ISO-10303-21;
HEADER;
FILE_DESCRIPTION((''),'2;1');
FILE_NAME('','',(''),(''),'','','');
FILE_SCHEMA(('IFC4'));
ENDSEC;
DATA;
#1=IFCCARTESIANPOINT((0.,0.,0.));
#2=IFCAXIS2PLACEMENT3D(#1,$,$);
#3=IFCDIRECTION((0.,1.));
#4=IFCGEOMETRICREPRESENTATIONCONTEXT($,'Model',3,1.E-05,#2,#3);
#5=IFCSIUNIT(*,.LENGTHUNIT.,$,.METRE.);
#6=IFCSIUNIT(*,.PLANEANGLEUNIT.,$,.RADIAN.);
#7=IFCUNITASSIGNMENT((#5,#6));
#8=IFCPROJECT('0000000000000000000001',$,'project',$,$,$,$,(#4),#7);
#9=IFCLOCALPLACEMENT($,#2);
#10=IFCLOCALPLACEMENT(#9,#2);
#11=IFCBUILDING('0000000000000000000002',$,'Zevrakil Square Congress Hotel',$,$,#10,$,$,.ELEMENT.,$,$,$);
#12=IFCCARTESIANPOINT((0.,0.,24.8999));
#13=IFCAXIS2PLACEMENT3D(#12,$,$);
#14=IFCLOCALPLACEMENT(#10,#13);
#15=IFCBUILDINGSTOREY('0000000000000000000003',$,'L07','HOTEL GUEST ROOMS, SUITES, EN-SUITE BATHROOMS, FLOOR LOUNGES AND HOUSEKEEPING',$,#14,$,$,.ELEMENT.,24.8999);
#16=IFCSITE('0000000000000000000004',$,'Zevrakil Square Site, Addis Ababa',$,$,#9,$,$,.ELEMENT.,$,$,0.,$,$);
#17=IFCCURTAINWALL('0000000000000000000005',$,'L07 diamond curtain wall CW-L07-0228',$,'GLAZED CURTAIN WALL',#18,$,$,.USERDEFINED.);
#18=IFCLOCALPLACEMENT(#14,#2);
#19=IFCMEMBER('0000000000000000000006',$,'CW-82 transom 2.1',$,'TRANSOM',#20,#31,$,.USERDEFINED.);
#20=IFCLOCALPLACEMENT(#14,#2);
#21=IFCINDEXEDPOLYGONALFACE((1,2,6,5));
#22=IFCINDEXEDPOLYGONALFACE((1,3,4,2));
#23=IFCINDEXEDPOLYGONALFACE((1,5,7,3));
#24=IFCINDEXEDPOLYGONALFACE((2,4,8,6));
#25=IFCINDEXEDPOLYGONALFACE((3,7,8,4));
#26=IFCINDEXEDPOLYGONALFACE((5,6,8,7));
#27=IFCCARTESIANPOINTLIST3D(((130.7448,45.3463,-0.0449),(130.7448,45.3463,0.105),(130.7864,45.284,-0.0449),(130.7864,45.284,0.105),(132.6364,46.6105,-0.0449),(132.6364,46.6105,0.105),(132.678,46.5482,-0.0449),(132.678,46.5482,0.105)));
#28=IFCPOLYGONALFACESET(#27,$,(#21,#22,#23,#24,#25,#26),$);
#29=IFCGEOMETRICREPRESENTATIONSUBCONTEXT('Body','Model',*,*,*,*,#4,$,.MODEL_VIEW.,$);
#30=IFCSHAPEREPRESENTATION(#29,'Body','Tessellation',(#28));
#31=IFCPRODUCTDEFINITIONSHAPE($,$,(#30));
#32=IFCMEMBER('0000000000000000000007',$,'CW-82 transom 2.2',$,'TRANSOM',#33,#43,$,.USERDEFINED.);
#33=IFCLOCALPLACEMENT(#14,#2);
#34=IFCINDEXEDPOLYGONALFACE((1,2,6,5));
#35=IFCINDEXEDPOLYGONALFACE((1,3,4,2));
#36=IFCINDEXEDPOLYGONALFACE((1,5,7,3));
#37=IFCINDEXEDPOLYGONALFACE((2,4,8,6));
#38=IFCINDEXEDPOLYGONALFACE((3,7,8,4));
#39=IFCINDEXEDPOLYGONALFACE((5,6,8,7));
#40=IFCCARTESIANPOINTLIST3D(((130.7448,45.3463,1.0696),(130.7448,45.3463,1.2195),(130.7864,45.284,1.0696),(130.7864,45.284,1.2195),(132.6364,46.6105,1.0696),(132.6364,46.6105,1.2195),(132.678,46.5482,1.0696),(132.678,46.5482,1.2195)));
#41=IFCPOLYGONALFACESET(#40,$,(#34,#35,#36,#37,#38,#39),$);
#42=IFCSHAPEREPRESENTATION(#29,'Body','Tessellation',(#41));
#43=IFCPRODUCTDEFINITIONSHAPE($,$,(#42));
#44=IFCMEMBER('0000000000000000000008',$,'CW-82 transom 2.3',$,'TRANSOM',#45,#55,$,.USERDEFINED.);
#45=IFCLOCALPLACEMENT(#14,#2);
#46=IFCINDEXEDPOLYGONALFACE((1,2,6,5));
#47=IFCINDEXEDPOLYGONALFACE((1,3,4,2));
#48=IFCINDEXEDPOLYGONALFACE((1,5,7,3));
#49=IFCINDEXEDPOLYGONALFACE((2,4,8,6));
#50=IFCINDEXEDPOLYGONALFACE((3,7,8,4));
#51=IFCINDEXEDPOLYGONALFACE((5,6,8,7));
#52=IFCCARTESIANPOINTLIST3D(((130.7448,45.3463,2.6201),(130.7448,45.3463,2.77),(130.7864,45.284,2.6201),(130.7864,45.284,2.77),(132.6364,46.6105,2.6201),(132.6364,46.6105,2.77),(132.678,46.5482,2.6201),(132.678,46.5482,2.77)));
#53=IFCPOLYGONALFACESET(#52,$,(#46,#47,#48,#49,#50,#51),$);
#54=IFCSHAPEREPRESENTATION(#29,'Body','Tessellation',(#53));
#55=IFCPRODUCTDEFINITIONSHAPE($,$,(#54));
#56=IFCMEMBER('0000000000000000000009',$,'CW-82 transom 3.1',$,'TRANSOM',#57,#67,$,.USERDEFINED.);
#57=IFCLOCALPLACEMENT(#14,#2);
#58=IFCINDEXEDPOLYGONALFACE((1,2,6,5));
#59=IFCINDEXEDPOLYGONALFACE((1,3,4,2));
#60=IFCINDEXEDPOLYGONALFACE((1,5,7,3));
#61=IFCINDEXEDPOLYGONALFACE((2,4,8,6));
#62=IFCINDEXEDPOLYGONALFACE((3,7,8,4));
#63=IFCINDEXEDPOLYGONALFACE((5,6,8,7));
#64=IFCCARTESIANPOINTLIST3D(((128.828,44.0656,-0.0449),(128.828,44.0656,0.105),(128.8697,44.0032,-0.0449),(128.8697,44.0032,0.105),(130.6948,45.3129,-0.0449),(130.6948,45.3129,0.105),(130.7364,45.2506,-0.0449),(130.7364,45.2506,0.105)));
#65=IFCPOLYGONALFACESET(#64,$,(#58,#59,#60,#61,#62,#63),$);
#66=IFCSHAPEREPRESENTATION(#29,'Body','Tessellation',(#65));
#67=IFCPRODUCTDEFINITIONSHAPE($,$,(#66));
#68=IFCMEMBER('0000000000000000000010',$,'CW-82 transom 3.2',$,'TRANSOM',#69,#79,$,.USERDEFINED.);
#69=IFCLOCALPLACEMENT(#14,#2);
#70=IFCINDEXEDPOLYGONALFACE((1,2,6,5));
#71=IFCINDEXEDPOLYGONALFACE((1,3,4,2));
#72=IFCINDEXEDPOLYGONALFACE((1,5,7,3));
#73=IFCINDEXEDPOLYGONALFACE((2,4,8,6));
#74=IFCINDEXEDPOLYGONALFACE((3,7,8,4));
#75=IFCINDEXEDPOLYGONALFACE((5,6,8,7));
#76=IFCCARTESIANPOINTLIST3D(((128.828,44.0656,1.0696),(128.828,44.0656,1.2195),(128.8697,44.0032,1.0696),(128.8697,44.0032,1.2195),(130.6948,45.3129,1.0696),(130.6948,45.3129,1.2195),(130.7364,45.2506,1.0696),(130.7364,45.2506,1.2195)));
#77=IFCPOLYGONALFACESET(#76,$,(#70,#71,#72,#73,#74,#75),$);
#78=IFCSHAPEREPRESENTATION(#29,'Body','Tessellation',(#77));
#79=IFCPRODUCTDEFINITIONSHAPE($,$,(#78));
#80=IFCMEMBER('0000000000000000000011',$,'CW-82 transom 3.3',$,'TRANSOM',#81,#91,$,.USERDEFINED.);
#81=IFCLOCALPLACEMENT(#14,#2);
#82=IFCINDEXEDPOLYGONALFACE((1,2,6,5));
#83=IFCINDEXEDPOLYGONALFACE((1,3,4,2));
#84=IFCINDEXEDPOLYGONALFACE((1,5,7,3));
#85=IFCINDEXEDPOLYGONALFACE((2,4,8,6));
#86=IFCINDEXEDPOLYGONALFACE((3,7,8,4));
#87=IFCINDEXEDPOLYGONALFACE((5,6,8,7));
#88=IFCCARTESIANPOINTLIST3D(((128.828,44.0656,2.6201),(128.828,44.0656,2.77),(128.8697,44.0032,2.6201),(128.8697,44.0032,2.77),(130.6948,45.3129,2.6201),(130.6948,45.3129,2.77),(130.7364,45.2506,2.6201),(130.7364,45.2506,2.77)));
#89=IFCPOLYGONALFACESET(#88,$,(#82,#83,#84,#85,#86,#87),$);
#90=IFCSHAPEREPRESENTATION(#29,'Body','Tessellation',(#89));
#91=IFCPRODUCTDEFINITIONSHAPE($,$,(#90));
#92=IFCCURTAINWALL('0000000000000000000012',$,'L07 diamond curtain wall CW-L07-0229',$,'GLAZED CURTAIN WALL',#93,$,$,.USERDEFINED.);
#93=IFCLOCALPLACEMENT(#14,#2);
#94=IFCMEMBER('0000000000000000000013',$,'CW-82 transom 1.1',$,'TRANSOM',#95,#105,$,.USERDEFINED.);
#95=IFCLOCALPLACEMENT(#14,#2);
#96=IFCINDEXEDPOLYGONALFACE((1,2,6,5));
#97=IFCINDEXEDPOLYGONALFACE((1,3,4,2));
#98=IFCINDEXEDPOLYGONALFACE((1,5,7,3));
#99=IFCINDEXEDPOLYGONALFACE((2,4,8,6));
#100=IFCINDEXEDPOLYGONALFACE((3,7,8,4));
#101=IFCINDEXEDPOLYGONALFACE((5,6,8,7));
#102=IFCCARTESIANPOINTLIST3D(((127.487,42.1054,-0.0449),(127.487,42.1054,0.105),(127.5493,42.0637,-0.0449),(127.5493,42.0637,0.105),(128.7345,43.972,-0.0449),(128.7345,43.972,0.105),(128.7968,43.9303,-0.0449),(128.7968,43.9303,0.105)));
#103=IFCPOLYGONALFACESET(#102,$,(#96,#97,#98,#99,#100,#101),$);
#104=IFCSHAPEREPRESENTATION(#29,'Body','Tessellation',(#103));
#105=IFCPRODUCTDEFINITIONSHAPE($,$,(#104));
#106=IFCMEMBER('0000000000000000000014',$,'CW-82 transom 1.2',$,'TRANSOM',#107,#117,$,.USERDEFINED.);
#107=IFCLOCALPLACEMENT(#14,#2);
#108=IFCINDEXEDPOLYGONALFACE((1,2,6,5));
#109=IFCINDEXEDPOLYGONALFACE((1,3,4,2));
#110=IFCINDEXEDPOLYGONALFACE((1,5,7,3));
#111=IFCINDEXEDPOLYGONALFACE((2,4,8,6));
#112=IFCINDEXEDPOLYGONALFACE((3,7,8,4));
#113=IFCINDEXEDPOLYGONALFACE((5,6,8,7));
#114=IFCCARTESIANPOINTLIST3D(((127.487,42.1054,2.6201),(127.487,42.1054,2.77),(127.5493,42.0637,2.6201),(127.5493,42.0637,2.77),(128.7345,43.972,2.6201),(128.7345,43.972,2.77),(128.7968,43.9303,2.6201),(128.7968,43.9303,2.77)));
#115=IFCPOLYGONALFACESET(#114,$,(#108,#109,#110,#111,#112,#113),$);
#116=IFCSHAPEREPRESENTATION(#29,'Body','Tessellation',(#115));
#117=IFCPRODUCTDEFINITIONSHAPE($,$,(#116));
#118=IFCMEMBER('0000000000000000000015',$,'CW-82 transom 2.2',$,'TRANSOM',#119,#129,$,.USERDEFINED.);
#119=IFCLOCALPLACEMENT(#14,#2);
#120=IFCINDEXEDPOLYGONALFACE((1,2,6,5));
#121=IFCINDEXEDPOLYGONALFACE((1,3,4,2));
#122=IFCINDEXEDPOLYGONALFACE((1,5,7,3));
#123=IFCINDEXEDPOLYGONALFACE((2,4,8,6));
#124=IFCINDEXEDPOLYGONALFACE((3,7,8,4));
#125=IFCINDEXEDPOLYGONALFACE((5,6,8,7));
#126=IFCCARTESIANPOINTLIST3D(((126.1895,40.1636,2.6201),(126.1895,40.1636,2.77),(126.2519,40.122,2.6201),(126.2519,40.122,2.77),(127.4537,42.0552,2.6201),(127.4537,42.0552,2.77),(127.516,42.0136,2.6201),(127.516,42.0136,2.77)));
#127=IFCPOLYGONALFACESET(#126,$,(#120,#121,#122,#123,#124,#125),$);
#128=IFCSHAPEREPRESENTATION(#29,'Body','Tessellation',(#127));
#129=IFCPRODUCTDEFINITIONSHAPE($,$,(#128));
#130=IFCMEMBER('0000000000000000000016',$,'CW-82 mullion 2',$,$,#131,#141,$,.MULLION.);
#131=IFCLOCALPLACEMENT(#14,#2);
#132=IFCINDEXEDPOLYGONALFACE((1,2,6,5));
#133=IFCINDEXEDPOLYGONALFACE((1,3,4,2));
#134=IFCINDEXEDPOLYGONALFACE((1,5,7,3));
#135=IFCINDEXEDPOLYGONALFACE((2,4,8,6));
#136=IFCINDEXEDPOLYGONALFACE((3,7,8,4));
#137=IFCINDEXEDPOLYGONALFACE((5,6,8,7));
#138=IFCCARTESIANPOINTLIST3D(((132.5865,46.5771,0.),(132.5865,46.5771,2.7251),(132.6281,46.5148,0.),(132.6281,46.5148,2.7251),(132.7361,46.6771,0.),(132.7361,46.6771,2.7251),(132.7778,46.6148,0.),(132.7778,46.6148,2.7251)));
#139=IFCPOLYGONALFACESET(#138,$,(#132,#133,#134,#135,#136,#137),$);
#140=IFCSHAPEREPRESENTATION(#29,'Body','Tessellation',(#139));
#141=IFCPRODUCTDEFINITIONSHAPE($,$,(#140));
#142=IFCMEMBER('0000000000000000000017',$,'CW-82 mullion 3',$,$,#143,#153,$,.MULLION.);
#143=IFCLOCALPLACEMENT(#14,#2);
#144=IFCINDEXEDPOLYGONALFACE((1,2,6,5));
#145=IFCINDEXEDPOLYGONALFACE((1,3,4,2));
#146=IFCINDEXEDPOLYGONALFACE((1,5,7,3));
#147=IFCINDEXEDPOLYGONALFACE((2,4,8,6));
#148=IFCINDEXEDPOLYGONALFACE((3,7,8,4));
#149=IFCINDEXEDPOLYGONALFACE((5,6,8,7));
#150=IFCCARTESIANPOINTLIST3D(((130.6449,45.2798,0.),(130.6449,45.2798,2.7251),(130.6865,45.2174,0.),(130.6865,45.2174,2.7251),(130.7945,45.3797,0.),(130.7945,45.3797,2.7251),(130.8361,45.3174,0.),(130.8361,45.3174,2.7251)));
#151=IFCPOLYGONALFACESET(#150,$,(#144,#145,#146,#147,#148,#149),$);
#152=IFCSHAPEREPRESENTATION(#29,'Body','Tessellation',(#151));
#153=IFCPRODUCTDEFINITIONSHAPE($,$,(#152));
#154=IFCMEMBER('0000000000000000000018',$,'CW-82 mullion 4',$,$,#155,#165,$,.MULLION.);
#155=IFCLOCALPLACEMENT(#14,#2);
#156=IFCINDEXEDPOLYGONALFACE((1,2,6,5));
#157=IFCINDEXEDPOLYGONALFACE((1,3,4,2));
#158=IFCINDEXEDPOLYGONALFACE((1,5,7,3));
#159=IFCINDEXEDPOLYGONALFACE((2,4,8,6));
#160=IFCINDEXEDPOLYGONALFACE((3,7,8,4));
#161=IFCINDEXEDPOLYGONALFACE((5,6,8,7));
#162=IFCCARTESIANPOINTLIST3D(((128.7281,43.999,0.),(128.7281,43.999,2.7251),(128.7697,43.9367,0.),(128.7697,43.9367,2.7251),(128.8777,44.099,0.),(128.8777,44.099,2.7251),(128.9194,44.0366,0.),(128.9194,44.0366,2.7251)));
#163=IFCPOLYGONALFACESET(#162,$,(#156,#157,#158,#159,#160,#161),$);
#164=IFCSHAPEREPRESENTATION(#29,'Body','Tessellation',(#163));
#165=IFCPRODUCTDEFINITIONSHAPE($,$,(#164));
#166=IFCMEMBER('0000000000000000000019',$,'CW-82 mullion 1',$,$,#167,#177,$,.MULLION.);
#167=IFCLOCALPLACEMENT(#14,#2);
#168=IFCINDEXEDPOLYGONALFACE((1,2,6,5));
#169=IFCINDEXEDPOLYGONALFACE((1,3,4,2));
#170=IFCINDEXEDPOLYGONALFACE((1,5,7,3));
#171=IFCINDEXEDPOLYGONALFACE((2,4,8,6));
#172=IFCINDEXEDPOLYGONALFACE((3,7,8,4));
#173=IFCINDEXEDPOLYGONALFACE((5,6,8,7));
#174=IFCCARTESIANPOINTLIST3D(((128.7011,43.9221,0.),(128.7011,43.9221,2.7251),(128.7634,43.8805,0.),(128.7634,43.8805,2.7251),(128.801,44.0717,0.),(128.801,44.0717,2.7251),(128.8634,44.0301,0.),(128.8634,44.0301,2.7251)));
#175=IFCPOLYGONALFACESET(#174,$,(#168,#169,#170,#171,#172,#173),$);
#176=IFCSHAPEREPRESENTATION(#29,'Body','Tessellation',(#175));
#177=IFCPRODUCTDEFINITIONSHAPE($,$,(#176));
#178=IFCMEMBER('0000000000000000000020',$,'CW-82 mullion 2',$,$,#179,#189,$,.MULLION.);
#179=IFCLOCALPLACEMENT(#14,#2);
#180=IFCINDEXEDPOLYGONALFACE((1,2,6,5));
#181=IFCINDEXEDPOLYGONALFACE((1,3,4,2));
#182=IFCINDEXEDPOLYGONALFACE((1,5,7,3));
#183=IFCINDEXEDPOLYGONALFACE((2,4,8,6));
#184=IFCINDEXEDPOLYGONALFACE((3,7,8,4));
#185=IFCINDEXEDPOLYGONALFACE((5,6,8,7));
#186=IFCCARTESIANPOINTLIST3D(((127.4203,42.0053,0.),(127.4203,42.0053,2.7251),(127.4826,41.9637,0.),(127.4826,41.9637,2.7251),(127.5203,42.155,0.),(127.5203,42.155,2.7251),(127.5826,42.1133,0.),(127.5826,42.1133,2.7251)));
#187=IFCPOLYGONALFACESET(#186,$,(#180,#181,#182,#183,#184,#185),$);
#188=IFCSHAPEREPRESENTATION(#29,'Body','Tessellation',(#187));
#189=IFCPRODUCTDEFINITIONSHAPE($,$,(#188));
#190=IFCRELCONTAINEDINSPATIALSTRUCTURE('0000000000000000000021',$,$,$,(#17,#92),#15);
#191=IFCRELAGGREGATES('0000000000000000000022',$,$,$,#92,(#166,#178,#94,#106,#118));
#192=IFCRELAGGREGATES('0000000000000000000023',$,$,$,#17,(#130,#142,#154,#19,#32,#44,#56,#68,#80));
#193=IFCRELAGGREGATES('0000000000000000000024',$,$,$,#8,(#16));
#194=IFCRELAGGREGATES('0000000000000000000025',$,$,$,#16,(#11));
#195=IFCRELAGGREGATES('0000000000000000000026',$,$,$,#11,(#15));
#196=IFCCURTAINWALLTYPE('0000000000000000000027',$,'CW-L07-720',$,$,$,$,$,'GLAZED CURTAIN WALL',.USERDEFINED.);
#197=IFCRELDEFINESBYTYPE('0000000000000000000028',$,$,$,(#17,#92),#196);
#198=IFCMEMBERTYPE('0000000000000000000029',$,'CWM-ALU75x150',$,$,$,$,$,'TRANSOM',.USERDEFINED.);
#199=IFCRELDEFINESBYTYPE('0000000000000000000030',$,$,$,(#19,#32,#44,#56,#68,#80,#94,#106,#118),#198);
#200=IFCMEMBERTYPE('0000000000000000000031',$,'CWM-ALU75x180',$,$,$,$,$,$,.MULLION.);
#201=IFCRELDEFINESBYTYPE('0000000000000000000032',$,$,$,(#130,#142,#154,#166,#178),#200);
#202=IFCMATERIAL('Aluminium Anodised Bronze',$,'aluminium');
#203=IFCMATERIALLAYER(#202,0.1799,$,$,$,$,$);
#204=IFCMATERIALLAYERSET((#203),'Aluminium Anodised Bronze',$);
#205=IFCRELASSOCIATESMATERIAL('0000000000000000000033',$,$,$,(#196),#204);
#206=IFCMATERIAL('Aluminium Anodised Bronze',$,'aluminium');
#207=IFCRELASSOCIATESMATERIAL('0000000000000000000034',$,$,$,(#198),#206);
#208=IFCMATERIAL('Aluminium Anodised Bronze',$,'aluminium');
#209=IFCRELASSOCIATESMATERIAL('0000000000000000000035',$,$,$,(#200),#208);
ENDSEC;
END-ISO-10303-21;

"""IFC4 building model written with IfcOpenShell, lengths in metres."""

from ifc_helpers import new_model, si_unit, direction, frame, origin, origin_2d, place, context, subcontext, project, spatial, rectangle, extrude, material, layer, layer_set, material_profile, profile_set, type_object, element, aggregate, save


model = new_model("IFC4")

# Units and contexts
model_context = context("Model", 3, precision=1e-05, world=origin(), true_north=direction((0.0, 1.0)))
body_context = subcontext(model_context, "Body", "Model", "MODEL_VIEW")
ifc_project = project(units=[si_unit("LENGTHUNIT", "METRE"), si_unit("PLANEANGLEUNIT", "RADIAN")], contexts=[model_context])

# Site, building, storey
site_placement = place(None, origin())
site = spatial("IfcSite", under=ifc_project, at=site_placement, Name="Zevrakil Square Site, Addis Ababa", CompositionType="ELEMENT", RefElevation=0.0)
building_placement = place(site_placement, origin())
building = spatial("IfcBuilding", under=site, at=building_placement, Name="Zevrakil Square Congress Hotel", CompositionType="ELEMENT")
storey_placement = place(building_placement, frame((0.0, 0.0, 24.8999)))
storey = spatial("IfcBuildingStorey", under=building, at=storey_placement, Name="L07", Description="HOTEL GUEST ROOMS, SUITES, EN-SUITE BATHROOMS, FLOOR LOUNGES AND HOUSEKEEPING", CompositionType="ELEMENT", Elevation=24.8999)

# Curtain walls, members
ifc_material_1 = material(Name="Aluminium Anodised Bronze", Category="aluminium")
ifc_layer_1 = layer(ifc_material_1, 0.1799)
ifc_layer_set_1 = layer_set([ifc_layer_1], Name="Aluminium Anodised Bronze")
curtain_wall_type = type_object("IfcCurtainWallType", Name="CW-L07-720", ElementType="GLAZED CURTAIN WALL", PredefinedType="USERDEFINED", material=ifc_layer_set_1)
curtain_wall_1_placement = place(storey_placement, origin())
curtain_wall_1 = element("IfcCurtainWall", 1, at=curtain_wall_1_placement, inside=storey, type_object=curtain_wall_type, Name="L07 diamond curtain wall CW-L07-0228", ObjectType="GLAZED CURTAIN WALL", PredefinedType="USERDEFINED")
ifc_material_2 = material(Name="Aluminium Anodised Bronze", Category="aluminium")
ifc_material_profile_1 = material_profile(ifc_material_2, rectangle(XDim=0.075, YDim=0.1499, at=origin_2d()), Name="ALU 75x150")
ifc_profile_set_1 = profile_set([ifc_material_profile_1], Name="Aluminium Anodised Bronze")
member_type_1 = type_object("IfcMemberType", Name="CWM-ALU75x150", ElementType="TRANSOM", PredefinedType="USERDEFINED", material=ifc_profile_set_1)
member_1_placement = place(storey_placement, frame((132.6572, 46.5793, 0.03), z_axis=(-0.831422, -0.555641, 0.0), x_axis=(0.555641, -0.831422, 0.0)))
member_1 = element("IfcMember", 2, at=member_1_placement, type_object=member_type_1, Name="CW-82 transom 2.1", ObjectType="TRANSOM", PredefinedType="USERDEFINED", context=body_context, shape_type="SweptSolid", body=[
    extrude(rectangle(XDim=0.075, YDim=0.1499, at=origin_2d()), origin(), (0.0, 0.0, 1.0), 2.2751),
])
member_2_placement = place(storey_placement, frame((132.6572, 46.5793, 1.1445), z_axis=(-0.831422, -0.555641, 0.0), x_axis=(0.555641, -0.831422, 0.0)))
member_2 = element("IfcMember", 3, at=member_2_placement, type_object=member_type_1, Name="CW-82 transom 2.2", ObjectType="TRANSOM", PredefinedType="USERDEFINED", context=body_context, shape_type="SweptSolid", body=[
    extrude(rectangle(XDim=0.075, YDim=0.1499, at=origin_2d()), origin(), (0.0, 0.0, 1.0), 2.2751),
])
member_3_placement = place(storey_placement, frame((132.6572, 46.5793, 2.6951), z_axis=(-0.831422, -0.555641, 0.0), x_axis=(0.555641, -0.831422, 0.0)))
member_3 = element("IfcMember", 4, at=member_3_placement, type_object=member_type_1, Name="CW-82 transom 2.3", ObjectType="TRANSOM", PredefinedType="USERDEFINED", context=body_context, shape_type="SweptSolid", body=[
    extrude(rectangle(XDim=0.075, YDim=0.1499, at=origin_2d()), origin(), (0.0, 0.0, 1.0), 2.2751),
])
member_4_placement = place(storey_placement, frame((130.7156, 45.2817, 0.03), z_axis=(-0.831464, -0.555578, 0.0), x_axis=(0.555578, -0.831464, 0.0)))
member_4 = element("IfcMember", 5, at=member_4_placement, type_object=member_type_1, Name="CW-82 transom 3.1", ObjectType="TRANSOM", PredefinedType="USERDEFINED", context=body_context, shape_type="SweptSolid", body=[
    extrude(rectangle(XDim=0.075, YDim=0.1499, at=origin_2d()), origin(), (0.0, 0.0, 1.0), 2.2451),
])
member_5_placement = place(storey_placement, frame((130.7156, 45.2817, 1.1445), z_axis=(-0.831464, -0.555578, 0.0), x_axis=(0.555578, -0.831464, 0.0)))
member_5 = element("IfcMember", 6, at=member_5_placement, type_object=member_type_1, Name="CW-82 transom 3.2", ObjectType="TRANSOM", PredefinedType="USERDEFINED", context=body_context, shape_type="SweptSolid", body=[
    extrude(rectangle(XDim=0.075, YDim=0.1499, at=origin_2d()), origin(), (0.0, 0.0, 1.0), 2.2451),
])
member_6_placement = place(storey_placement, frame((130.7156, 45.2817, 2.6951), z_axis=(-0.831464, -0.555578, 0.0), x_axis=(0.555578, -0.831464, 0.0)))
member_6 = element("IfcMember", 7, at=member_6_placement, type_object=member_type_1, Name="CW-82 transom 3.3", ObjectType="TRANSOM", PredefinedType="USERDEFINED", context=body_context, shape_type="SweptSolid", body=[
    extrude(rectangle(XDim=0.075, YDim=0.1499, at=origin_2d()), origin(), (0.0, 0.0, 1.0), 2.2451),
])
curtain_wall_2_placement = place(storey_placement, origin())
curtain_wall_2 = element("IfcCurtainWall", 8, at=curtain_wall_2_placement, inside=storey, type_object=curtain_wall_type, Name="L07 diamond curtain wall CW-L07-0229", ObjectType="GLAZED CURTAIN WALL", PredefinedType="USERDEFINED")
member_7_placement = place(storey_placement, frame((128.7656, 43.9512, 0.03), z_axis=(-0.555653, -0.831414, 0.0), x_axis=(0.831414, -0.555653, 0.0)))
member_7 = element("IfcMember", 9, at=member_7_placement, type_object=member_type_1, Name="CW-82 transom 1.1", ObjectType="TRANSOM", PredefinedType="USERDEFINED", context=body_context, shape_type="SweptSolid", body=[
    extrude(rectangle(XDim=0.075, YDim=0.1499, at=origin_2d()), origin(), (0.0, 0.0, 1.0), 2.2451),
])
member_8_placement = place(storey_placement, frame((128.7656, 43.9512, 2.6951), z_axis=(-0.555653, -0.831414, 0.0), x_axis=(0.831414, -0.555653, 0.0)))
member_8 = element("IfcMember", 10, at=member_8_placement, type_object=member_type_1, Name="CW-82 transom 1.2", ObjectType="TRANSOM", PredefinedType="USERDEFINED", context=body_context, shape_type="SweptSolid", body=[
    extrude(rectangle(XDim=0.075, YDim=0.1499, at=origin_2d()), origin(), (0.0, 0.0, 1.0), 2.2451),
])
member_9_placement = place(storey_placement, frame((127.4849, 42.0344, 2.6951), z_axis=(-0.555641, -0.831422, 0.0), x_axis=(0.831422, -0.555641, 0.0)))
member_9 = element("IfcMember", 11, at=member_9_placement, type_object=member_type_1, Name="CW-82 transom 2.2", ObjectType="TRANSOM", PredefinedType="USERDEFINED", context=body_context, shape_type="SweptSolid", body=[
    extrude(rectangle(XDim=0.075, YDim=0.1499, at=origin_2d()), origin(), (0.0, 0.0, 1.0), 2.2751),
])

# Members
ifc_material_3 = material(Name="Aluminium Anodised Bronze", Category="aluminium")
ifc_material_profile_2 = material_profile(ifc_material_3, rectangle(XDim=0.075, YDim=0.1799, at=origin_2d()), Name="ALU 75x180")
ifc_profile_set_2 = profile_set([ifc_material_profile_2], Name="Aluminium Anodised Bronze")
member_type_2 = type_object("IfcMemberType", Name="CWM-ALU75x180", PredefinedType="MULLION", material=ifc_profile_set_2)
member_10_placement = place(storey_placement, frame((132.6821, 46.5959, 0.0), z_axis=(0.0, 0.0, 1.0), x_axis=(0.555576, -0.831466, 0.0)))
member_10 = element("IfcMember", 12, at=member_10_placement, type_object=member_type_2, Name="CW-82 mullion 2", PredefinedType="MULLION", context=body_context, shape_type="SweptSolid", body=[
    extrude(rectangle(XDim=0.075, YDim=0.1799, at=origin_2d()), origin(), (0.0, 0.0, 1.0), 2.7251),
])
member_11_placement = place(storey_placement, frame((130.7405, 45.2986, 0.0), z_axis=(0.0, 0.0, 1.0), x_axis=(0.555576, -0.831466, 0.0)))
member_11 = element("IfcMember", 13, at=member_11_placement, type_object=member_type_2, Name="CW-82 mullion 3", PredefinedType="MULLION", context=body_context, shape_type="SweptSolid", body=[
    extrude(rectangle(XDim=0.075, YDim=0.1799, at=origin_2d()), origin(), (0.0, 0.0, 1.0), 2.7251),
])
member_12_placement = place(storey_placement, frame((128.8237, 44.0178, 0.0), z_axis=(0.0, 0.0, 1.0), x_axis=(0.555576, -0.831466, 0.0)))
member_12 = element("IfcMember", 14, at=member_12_placement, type_object=member_type_2, Name="CW-82 mullion 4", PredefinedType="MULLION", context=body_context, shape_type="SweptSolid", body=[
    extrude(rectangle(XDim=0.075, YDim=0.1799, at=origin_2d()), origin(), (0.0, 0.0, 1.0), 2.7251),
])
member_13_placement = place(storey_placement, frame((128.7822, 43.9761, 0.0), z_axis=(0.0, 0.0, 1.0), x_axis=(0.831466, -0.555576, 0.0)))
member_13 = element("IfcMember", 15, at=member_13_placement, type_object=member_type_2, Name="CW-82 mullion 1", PredefinedType="MULLION", context=body_context, shape_type="SweptSolid", body=[
    extrude(rectangle(XDim=0.075, YDim=0.1799, at=origin_2d()), origin(), (0.0, 0.0, 1.0), 2.7251),
])
member_14_placement = place(storey_placement, frame((127.5015, 42.0593, 0.0), z_axis=(0.0, 0.0, 1.0), x_axis=(0.831466, -0.555576, 0.0)))
member_14 = element("IfcMember", 16, at=member_14_placement, type_object=member_type_2, Name="CW-82 mullion 2", PredefinedType="MULLION", context=body_context, shape_type="SweptSolid", body=[
    extrude(rectangle(XDim=0.075, YDim=0.1799, at=origin_2d()), origin(), (0.0, 0.0, 1.0), 2.7251),
])

aggregate(curtain_wall_2, [member_13, member_14, member_7, member_8, member_9])
aggregate(curtain_wall_1, [member_10, member_11, member_12, member_1, member_2, member_3, member_4, member_5, member_6])

save(model, "model.ifc")
